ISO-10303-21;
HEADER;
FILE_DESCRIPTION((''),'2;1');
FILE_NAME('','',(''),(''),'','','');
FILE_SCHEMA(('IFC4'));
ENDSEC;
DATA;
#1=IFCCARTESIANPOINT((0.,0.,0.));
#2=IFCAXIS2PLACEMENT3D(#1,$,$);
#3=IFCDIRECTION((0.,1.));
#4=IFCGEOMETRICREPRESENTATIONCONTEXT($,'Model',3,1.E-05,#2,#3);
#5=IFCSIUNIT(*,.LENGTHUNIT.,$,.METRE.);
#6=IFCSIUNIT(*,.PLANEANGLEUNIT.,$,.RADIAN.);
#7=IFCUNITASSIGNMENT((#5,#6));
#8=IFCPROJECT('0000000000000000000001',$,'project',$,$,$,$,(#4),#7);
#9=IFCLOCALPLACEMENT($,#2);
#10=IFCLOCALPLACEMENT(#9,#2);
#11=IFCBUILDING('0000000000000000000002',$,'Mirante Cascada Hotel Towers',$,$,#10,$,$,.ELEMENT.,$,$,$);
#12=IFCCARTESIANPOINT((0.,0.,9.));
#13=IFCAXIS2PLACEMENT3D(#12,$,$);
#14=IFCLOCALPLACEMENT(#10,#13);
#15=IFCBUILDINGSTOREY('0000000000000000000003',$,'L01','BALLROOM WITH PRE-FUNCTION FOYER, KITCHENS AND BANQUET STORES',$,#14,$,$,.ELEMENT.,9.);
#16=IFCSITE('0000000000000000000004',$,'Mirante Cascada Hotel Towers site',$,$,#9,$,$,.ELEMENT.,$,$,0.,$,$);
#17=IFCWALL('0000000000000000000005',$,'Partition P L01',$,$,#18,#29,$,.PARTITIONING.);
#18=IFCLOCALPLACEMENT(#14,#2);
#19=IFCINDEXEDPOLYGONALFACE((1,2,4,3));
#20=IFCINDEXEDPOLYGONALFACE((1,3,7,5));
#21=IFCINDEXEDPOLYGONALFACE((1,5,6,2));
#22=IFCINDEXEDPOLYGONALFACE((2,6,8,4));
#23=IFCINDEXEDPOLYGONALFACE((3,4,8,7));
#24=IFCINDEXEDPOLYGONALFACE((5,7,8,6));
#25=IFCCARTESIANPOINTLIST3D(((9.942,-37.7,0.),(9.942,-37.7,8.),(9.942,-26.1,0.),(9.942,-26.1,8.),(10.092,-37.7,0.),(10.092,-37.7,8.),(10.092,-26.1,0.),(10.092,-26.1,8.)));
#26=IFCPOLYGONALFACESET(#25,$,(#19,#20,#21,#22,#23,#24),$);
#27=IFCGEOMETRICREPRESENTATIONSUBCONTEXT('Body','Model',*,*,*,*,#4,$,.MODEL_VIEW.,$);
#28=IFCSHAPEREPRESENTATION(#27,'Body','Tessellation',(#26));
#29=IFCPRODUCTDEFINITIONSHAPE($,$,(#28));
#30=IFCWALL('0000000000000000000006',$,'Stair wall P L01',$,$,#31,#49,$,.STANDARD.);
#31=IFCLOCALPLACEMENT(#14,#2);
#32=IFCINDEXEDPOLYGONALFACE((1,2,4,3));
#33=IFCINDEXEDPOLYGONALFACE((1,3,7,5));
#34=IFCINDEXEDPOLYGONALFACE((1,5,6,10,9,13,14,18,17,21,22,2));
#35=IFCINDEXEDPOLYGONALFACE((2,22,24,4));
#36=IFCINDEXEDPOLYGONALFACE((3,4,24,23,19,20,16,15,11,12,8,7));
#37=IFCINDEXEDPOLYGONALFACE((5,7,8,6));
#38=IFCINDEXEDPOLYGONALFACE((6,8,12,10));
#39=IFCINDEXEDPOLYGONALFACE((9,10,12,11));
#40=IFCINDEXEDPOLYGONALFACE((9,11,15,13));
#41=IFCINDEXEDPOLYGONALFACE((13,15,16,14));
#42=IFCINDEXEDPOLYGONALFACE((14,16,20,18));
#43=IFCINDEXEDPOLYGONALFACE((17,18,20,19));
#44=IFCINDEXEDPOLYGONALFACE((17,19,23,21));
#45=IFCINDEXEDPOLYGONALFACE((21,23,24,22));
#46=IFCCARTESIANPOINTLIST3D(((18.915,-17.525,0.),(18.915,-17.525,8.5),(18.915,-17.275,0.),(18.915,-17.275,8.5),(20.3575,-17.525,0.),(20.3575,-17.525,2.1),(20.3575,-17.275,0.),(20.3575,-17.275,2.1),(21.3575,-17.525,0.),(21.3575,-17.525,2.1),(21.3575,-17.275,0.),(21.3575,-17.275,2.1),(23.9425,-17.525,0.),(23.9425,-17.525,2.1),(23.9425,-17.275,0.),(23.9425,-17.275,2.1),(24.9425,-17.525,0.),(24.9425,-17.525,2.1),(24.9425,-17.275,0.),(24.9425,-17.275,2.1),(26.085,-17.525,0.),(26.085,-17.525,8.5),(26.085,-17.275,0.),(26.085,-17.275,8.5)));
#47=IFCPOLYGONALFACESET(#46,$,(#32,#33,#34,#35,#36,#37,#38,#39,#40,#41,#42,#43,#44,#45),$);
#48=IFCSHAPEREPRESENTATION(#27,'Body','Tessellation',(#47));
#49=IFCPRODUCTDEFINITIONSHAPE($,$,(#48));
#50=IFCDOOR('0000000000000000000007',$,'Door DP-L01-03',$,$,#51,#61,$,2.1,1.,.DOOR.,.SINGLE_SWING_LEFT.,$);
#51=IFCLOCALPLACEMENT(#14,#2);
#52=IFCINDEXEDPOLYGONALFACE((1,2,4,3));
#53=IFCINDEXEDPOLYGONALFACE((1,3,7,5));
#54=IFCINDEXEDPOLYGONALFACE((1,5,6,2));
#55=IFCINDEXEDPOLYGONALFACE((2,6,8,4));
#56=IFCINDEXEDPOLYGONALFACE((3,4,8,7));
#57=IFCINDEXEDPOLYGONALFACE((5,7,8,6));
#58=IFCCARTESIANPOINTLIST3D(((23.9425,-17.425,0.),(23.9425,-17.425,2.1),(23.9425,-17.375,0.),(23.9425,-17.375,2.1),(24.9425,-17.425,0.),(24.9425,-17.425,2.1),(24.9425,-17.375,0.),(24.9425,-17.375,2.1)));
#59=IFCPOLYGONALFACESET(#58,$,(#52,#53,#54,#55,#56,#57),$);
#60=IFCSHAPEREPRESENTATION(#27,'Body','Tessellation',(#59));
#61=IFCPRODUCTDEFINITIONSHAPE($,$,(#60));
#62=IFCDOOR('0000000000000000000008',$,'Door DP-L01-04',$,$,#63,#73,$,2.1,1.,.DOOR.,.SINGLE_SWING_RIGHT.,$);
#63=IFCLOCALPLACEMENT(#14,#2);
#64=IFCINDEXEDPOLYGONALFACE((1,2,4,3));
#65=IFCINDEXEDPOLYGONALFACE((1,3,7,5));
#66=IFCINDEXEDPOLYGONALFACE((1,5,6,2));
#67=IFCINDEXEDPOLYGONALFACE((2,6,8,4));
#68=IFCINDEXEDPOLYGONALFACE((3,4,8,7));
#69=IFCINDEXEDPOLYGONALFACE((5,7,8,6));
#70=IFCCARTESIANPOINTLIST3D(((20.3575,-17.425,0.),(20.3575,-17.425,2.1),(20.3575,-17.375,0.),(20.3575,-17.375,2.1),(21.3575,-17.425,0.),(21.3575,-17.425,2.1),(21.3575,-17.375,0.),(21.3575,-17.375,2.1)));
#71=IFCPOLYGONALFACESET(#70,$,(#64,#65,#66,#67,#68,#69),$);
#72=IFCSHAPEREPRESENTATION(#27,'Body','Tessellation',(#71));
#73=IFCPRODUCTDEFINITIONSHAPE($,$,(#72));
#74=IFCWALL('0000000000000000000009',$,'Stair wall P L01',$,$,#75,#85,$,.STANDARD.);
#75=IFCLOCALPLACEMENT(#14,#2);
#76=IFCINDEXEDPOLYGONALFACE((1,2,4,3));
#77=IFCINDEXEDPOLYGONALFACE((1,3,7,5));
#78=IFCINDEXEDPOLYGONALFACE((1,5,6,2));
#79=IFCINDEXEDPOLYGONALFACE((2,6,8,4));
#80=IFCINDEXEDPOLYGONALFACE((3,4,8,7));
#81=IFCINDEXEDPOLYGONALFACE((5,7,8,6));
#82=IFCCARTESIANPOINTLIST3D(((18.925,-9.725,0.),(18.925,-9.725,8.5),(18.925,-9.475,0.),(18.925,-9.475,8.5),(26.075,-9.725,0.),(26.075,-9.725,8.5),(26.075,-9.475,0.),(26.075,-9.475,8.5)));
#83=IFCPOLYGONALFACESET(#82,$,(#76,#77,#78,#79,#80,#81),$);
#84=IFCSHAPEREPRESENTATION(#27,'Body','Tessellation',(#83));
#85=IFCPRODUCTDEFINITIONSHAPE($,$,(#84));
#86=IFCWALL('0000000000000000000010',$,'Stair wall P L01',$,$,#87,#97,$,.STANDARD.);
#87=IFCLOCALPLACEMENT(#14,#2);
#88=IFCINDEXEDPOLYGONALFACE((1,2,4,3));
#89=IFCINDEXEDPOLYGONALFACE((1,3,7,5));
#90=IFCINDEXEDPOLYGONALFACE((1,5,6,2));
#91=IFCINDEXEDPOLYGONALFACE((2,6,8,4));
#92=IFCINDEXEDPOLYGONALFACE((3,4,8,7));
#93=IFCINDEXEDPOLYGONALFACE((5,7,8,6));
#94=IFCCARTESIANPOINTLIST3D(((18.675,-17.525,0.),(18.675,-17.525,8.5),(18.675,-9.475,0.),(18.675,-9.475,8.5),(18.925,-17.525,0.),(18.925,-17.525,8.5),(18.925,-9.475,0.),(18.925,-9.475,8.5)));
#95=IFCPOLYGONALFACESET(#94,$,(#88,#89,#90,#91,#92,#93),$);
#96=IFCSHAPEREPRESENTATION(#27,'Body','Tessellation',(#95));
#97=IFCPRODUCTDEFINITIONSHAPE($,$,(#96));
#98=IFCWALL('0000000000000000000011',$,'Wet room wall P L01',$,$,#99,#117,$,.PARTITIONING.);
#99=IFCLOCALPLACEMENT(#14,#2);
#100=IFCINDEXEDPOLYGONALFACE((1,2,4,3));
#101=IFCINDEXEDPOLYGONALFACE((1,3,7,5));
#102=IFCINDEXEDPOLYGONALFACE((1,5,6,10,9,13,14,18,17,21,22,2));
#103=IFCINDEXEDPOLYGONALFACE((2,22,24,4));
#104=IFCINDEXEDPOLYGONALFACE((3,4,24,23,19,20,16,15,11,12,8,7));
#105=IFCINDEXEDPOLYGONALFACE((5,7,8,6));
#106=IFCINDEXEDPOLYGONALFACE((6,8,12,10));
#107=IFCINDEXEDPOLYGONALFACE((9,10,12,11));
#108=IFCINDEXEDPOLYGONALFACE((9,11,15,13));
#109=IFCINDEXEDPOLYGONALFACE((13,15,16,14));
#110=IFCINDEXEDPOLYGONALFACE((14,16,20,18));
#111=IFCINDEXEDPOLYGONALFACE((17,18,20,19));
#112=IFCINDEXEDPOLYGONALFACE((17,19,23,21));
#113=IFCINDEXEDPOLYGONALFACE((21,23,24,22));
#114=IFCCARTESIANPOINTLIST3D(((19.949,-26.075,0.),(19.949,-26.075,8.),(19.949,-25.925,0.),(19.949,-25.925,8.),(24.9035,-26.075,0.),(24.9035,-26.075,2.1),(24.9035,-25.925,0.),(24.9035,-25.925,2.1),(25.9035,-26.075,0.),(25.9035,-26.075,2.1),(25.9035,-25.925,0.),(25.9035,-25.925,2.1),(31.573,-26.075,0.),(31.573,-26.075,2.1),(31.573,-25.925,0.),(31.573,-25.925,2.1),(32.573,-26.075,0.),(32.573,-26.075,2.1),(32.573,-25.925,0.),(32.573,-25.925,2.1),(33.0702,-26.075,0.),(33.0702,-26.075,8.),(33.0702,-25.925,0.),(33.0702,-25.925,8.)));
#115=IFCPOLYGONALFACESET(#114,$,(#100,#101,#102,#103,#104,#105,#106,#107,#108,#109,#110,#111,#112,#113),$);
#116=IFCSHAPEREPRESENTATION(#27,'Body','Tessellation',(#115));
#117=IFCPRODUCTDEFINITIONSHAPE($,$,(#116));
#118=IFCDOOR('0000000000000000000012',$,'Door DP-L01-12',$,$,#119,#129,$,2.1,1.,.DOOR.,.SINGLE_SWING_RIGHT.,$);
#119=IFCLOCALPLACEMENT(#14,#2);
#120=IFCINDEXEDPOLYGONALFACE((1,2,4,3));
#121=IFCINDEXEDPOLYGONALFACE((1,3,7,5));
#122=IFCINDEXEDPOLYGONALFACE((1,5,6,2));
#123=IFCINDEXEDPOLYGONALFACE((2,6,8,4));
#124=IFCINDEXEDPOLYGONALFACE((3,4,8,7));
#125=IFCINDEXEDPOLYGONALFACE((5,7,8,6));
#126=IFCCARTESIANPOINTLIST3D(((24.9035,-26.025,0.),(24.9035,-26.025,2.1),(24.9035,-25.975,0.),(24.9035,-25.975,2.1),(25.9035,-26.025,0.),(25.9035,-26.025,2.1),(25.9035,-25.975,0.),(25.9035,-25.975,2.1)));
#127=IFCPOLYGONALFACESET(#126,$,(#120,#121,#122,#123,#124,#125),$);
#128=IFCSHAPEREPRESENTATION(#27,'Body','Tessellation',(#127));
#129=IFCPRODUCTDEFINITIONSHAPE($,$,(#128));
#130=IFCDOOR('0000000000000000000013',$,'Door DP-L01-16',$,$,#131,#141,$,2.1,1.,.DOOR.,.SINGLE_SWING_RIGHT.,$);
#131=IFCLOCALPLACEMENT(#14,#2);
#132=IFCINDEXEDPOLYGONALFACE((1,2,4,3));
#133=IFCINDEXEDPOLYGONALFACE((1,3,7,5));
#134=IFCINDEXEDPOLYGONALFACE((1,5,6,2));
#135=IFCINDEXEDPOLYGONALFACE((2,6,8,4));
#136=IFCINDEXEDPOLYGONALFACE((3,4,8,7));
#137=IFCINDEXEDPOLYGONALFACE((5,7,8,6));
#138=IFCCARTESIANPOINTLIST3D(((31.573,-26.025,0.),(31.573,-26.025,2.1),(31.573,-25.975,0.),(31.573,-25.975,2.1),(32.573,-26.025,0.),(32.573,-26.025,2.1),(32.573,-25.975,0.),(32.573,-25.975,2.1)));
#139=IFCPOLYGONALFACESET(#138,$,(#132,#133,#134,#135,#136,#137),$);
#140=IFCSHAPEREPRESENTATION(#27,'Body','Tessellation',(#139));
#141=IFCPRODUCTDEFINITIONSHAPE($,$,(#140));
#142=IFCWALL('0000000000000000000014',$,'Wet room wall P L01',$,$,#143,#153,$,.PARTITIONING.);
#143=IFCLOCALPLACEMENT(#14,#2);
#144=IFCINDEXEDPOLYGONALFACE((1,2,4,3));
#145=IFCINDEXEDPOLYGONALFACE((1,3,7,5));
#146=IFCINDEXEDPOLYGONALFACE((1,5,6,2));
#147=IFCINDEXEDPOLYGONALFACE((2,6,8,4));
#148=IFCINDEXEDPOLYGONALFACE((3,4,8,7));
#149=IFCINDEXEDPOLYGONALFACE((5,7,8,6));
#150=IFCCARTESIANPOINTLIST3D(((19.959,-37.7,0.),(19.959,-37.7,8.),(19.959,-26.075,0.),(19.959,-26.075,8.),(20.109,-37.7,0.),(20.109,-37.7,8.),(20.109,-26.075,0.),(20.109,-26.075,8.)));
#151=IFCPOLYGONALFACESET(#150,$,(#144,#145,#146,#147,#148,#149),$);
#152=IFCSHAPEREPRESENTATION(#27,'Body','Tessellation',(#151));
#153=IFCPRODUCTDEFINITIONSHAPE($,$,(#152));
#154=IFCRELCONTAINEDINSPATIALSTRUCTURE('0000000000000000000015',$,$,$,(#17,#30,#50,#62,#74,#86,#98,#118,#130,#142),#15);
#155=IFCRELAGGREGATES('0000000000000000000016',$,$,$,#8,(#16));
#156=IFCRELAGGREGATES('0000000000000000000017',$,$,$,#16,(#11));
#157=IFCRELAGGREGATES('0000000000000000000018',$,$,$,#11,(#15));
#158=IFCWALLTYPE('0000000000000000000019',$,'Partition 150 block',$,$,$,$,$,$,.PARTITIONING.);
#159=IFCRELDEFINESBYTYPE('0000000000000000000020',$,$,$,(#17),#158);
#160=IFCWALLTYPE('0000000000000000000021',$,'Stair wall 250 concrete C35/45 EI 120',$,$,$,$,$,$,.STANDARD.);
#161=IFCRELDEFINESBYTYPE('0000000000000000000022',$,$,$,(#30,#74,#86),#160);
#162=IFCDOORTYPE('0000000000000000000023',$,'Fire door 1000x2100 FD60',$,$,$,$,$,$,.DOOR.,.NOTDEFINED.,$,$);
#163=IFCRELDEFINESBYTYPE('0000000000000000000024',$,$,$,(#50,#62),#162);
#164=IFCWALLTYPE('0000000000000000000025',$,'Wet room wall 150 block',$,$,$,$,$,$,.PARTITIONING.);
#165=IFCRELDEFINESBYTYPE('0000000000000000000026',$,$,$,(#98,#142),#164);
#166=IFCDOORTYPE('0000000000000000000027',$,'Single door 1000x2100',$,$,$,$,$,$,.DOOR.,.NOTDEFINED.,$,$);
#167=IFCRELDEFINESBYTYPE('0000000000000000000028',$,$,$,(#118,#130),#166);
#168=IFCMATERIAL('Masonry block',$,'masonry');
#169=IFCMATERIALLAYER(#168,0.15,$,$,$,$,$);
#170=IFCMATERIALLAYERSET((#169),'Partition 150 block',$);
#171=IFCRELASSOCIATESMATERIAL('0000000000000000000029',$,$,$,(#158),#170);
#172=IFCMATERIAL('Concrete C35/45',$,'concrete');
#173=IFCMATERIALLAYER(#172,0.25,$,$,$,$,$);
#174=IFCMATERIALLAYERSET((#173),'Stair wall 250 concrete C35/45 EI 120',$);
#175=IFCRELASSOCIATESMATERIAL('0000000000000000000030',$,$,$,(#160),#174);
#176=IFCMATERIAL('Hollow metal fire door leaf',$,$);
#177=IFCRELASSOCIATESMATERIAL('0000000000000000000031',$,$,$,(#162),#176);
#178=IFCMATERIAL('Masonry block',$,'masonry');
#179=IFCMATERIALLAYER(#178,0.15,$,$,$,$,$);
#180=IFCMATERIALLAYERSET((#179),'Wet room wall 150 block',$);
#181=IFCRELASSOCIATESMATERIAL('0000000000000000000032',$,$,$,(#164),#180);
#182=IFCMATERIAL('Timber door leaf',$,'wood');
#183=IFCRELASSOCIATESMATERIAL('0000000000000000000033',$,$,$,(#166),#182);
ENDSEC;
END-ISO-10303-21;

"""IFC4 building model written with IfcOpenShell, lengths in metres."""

from ifc_helpers import new_model, si_unit, direction, frame, frame_2d, origin, place, context, subcontext, project, spatial, rectangle, extrude, material, layer, layer_set, type_object, element, fill, save


model = new_model("IFC4")

# Units and contexts
model_context = context("Model", 3, precision=1e-05, world=origin(), true_north=direction((0.0, 1.0)))
body_context = subcontext(model_context, "Body", "Model", "MODEL_VIEW")
ifc_project = project(units=[si_unit("LENGTHUNIT", "METRE"), si_unit("PLANEANGLEUNIT", "RADIAN")], contexts=[model_context])

# Site, building, storey
site_placement = place(None, origin())
site = spatial("IfcSite", under=ifc_project, at=site_placement, Name="Mirante Cascada Hotel Towers site", CompositionType="ELEMENT", RefElevation=0.0)
building_placement = place(site_placement, origin())
building = spatial("IfcBuilding", under=site, at=building_placement, Name="Mirante Cascada Hotel Towers", CompositionType="ELEMENT")
storey_placement = place(building_placement, frame((0.0, 0.0, 9.0)))
storey = spatial("IfcBuildingStorey", under=building, at=storey_placement, Name="L01", Description="BALLROOM WITH PRE-FUNCTION FOYER, KITCHENS AND BANQUET STORES", CompositionType="ELEMENT", Elevation=9.0)

# Wall
ifc_material_1 = material(Name="Masonry block", Category="masonry")
ifc_layer_1 = layer(ifc_material_1, 0.15)
ifc_layer_set_1 = layer_set([ifc_layer_1], Name="Partition 150 block")
wall_type_1 = type_object("IfcWallType", Name="Partition 150 block", PredefinedType="PARTITIONING", material=ifc_layer_set_1)
wall_1_placement = place(storey_placement, frame((10.017, -37.7, 0.0), z_axis=(0.0, 0.0, 1.0), x_axis=(0.0, 1.0, 0.0)))
element("IfcWall", 1, at=wall_1_placement, inside=storey, type_object=wall_type_1, Name="Partition P L01", PredefinedType="PARTITIONING", context=body_context, shape_type="SweptSolid", body=[
    extrude(rectangle(XDim=11.6, YDim=0.15, at=frame_2d((5.8, 0.0))), origin(), (0.0, 0.0, 1.0), 8.0),
])

# Wall, openings, doors
ifc_material_2 = material(Name="Concrete C35/45", Category="concrete")
ifc_layer_2 = layer(ifc_material_2, 0.25)
ifc_layer_set_2 = layer_set([ifc_layer_2], Name="Stair wall 250 concrete C35/45 EI 120")
wall_type_2 = type_object("IfcWallType", Name="Stair wall 250 concrete C35/45 EI 120", PredefinedType="STANDARD", material=ifc_layer_set_2)
wall_2_placement = place(storey_placement, frame((18.915, -17.4, 0.0), z_axis=(0.0, 0.0, 1.0), x_axis=(1.0, 0.0, 0.0)))
wall_2 = element("IfcWall", 2, at=wall_2_placement, inside=storey, type_object=wall_type_2, Name="Stair wall P L01", PredefinedType="STANDARD", context=body_context, shape_type="SweptSolid", body=[
    extrude(rectangle(XDim=7.17, YDim=0.25, at=frame_2d((3.585, 0.0))), origin(), (0.0, 0.0, 1.0), 8.5),
])
opening_1_placement = place(wall_2_placement, frame((5.0275, 0.0, 0.0)))
opening_1 = element("IfcOpeningElement", 3, at=opening_1_placement, cuts=wall_2, PredefinedType="OPENING", context=body_context, shape_type="SweptSolid", body=[
    extrude(rectangle(XDim=1.0, YDim=2.1, at=frame_2d((0.5, 1.05))), frame((0.0, 0.125, 0.0), z_axis=(0.0, -1.0, 0.0), x_axis=(1.0, 0.0, 0.0)), (0.0, 0.0, 1.0), 0.25),
])
opening_2_placement = place(wall_2_placement, frame((1.4425, 0.0, 0.0)))
opening_2 = element("IfcOpeningElement", 4, at=opening_2_placement, cuts=wall_2, PredefinedType="OPENING", context=body_context, shape_type="SweptSolid", body=[
    extrude(rectangle(XDim=1.0, YDim=2.1, at=frame_2d((0.5, 1.05))), frame((0.0, 0.125, 0.0), z_axis=(0.0, -1.0, 0.0), x_axis=(1.0, 0.0, 0.0)), (0.0, 0.0, 1.0), 0.25),
])
ifc_material_3 = material(Name="Hollow metal fire door leaf")
door_type_1 = type_object("IfcDoorType", Name="Fire door 1000x2100 FD60", OperationType="NOTDEFINED", PredefinedType="DOOR", material=ifc_material_3)
door_1_placement = place(opening_1_placement, origin())
door_1 = element("IfcDoor", 5, at=door_1_placement, inside=storey, type_object=door_type_1, Name="Door DP-L01-03", OperationType="SINGLE_SWING_LEFT", OverallHeight=2.1, OverallWidth=1.0, PredefinedType="DOOR", context=body_context, shape_type="SweptSolid", body=[
    extrude(rectangle(XDim=1.0, YDim=2.1, at=frame_2d((0.5, 1.05))), frame((0.0, 0.025, 0.0), z_axis=(0.0, -1.0, 0.0), x_axis=(1.0, 0.0, 0.0)), (0.0, 0.0, 1.0), 0.05),
])
fill(opening_1, door_1)
door_2_placement = place(opening_2_placement, origin())
door_2 = element("IfcDoor", 6, at=door_2_placement, inside=storey, type_object=door_type_1, Name="Door DP-L01-04", OperationType="SINGLE_SWING_RIGHT", OverallHeight=2.1, OverallWidth=1.0, PredefinedType="DOOR", context=body_context, shape_type="SweptSolid", body=[
    extrude(rectangle(XDim=1.0, YDim=2.1, at=frame_2d((0.5, 1.05))), frame((0.0, 0.025, 0.0), z_axis=(0.0, -1.0, 0.0), x_axis=(1.0, 0.0, 0.0)), (0.0, 0.0, 1.0), 0.05),
])
fill(opening_2, door_2)

# Walls
wall_3_placement = place(storey_placement, frame((18.925, -9.6, 0.0), z_axis=(0.0, 0.0, 1.0), x_axis=(1.0, 0.0, 0.0)))
element("IfcWall", 7, at=wall_3_placement, inside=storey, type_object=wall_type_2, Name="Stair wall P L01", PredefinedType="STANDARD", context=body_context, shape_type="SweptSolid", body=[
    extrude(rectangle(XDim=7.15, YDim=0.25, at=frame_2d((3.575, 0.0))), origin(), (0.0, 0.0, 1.0), 8.5),
])
wall_4_placement = place(storey_placement, frame((18.8, -17.525, 0.0), z_axis=(0.0, 0.0, 1.0), x_axis=(0.0, 1.0, 0.0)))
element("IfcWall", 8, at=wall_4_placement, inside=storey, type_object=wall_type_2, Name="Stair wall P L01", PredefinedType="STANDARD", context=body_context, shape_type="SweptSolid", body=[
    extrude(rectangle(XDim=8.05, YDim=0.25, at=frame_2d((4.025, 0.0))), origin(), (0.0, 0.0, 1.0), 8.5),
])

# Wall, openings, doors
ifc_material_4 = material(Name="Masonry block", Category="masonry")
ifc_layer_3 = layer(ifc_material_4, 0.15)
ifc_layer_set_3 = layer_set([ifc_layer_3], Name="Wet room wall 150 block")
wall_type_3 = type_object("IfcWallType", Name="Wet room wall 150 block", PredefinedType="PARTITIONING", material=ifc_layer_set_3)
wall_5_placement = place(storey_placement, frame((19.949, -26.0, 0.0), z_axis=(0.0, 0.0, 1.0), x_axis=(1.0, 0.0, 0.0)))
wall_5 = element("IfcWall", 9, at=wall_5_placement, inside=storey, type_object=wall_type_3, Name="Wet room wall P L01", PredefinedType="PARTITIONING", context=body_context, shape_type="SweptSolid", body=[
    extrude(rectangle(XDim=13.1211, YDim=0.15, at=frame_2d((6.5606, 0.0))), origin(), (0.0, 0.0, 1.0), 8.0),
])
opening_3_placement = place(wall_5_placement, frame((4.9545, 0.0, 0.0)))
opening_3 = element("IfcOpeningElement", 10, at=opening_3_placement, cuts=wall_5, PredefinedType="OPENING", context=body_context, shape_type="SweptSolid", body=[
    extrude(rectangle(XDim=1.0, YDim=2.1, at=frame_2d((0.5, 1.05))), frame((0.0, 0.075, 0.0), z_axis=(0.0, -1.0, 0.0), x_axis=(1.0, 0.0, 0.0)), (0.0, 0.0, 1.0), 0.15),
])
opening_4_placement = place(wall_5_placement, frame((11.624, 0.0, 0.0)))
opening_4 = element("IfcOpeningElement", 11, at=opening_4_placement, cuts=wall_5, PredefinedType="OPENING", context=body_context, shape_type="SweptSolid", body=[
    extrude(rectangle(XDim=1.0, YDim=2.1, at=frame_2d((0.5, 1.05))), frame((0.0, 0.075, 0.0), z_axis=(0.0, -1.0, 0.0), x_axis=(1.0, 0.0, 0.0)), (0.0, 0.0, 1.0), 0.15),
])
ifc_material_5 = material(Name="Timber door leaf", Category="wood")
door_type_2 = type_object("IfcDoorType", Name="Single door 1000x2100", OperationType="NOTDEFINED", PredefinedType="DOOR", material=ifc_material_5)
door_3_placement = place(opening_3_placement, frame((1.0, 0.0, 0.0), z_axis=(0.0, 0.0, 1.0), x_axis=(-1.0, 0.0, 0.0)))
door_3 = element("IfcDoor", 12, at=door_3_placement, inside=storey, type_object=door_type_2, Name="Door DP-L01-12", OperationType="SINGLE_SWING_RIGHT", OverallHeight=2.1, OverallWidth=1.0, PredefinedType="DOOR", context=body_context, shape_type="SweptSolid", body=[
    extrude(rectangle(XDim=1.0, YDim=2.1, at=frame_2d((0.5, 1.05))), frame((0.0, 0.025, 0.0), z_axis=(0.0, -1.0, 0.0), x_axis=(1.0, 0.0, 0.0)), (0.0, 0.0, 1.0), 0.05),
])
fill(opening_3, door_3)
door_4_placement = place(opening_4_placement, frame((1.0, 0.0, 0.0), z_axis=(0.0, 0.0, 1.0), x_axis=(-1.0, 0.0, 0.0)))
door_4 = element("IfcDoor", 13, at=door_4_placement, inside=storey, type_object=door_type_2, Name="Door DP-L01-16", OperationType="SINGLE_SWING_RIGHT", OverallHeight=2.1, OverallWidth=1.0, PredefinedType="DOOR", context=body_context, shape_type="SweptSolid", body=[
    extrude(rectangle(XDim=1.0, YDim=2.1, at=frame_2d((0.5, 1.05))), frame((0.0, 0.025, 0.0), z_axis=(0.0, -1.0, 0.0), x_axis=(1.0, 0.0, 0.0)), (0.0, 0.0, 1.0), 0.05),
])
fill(opening_4, door_4)

# Wall
wall_6_placement = place(storey_placement, frame((20.034, -37.7, 0.0), z_axis=(0.0, 0.0, 1.0), x_axis=(0.0, 1.0, 0.0)))
element("IfcWall", 14, at=wall_6_placement, inside=storey, type_object=wall_type_3, Name="Wet room wall P L01", PredefinedType="PARTITIONING", context=body_context, shape_type="SweptSolid", body=[
    extrude(rectangle(XDim=11.625, YDim=0.15, at=frame_2d((5.8125, 0.0))), origin(), (0.0, 0.0, 1.0), 8.0),
])

save(model, "model.ifc")
